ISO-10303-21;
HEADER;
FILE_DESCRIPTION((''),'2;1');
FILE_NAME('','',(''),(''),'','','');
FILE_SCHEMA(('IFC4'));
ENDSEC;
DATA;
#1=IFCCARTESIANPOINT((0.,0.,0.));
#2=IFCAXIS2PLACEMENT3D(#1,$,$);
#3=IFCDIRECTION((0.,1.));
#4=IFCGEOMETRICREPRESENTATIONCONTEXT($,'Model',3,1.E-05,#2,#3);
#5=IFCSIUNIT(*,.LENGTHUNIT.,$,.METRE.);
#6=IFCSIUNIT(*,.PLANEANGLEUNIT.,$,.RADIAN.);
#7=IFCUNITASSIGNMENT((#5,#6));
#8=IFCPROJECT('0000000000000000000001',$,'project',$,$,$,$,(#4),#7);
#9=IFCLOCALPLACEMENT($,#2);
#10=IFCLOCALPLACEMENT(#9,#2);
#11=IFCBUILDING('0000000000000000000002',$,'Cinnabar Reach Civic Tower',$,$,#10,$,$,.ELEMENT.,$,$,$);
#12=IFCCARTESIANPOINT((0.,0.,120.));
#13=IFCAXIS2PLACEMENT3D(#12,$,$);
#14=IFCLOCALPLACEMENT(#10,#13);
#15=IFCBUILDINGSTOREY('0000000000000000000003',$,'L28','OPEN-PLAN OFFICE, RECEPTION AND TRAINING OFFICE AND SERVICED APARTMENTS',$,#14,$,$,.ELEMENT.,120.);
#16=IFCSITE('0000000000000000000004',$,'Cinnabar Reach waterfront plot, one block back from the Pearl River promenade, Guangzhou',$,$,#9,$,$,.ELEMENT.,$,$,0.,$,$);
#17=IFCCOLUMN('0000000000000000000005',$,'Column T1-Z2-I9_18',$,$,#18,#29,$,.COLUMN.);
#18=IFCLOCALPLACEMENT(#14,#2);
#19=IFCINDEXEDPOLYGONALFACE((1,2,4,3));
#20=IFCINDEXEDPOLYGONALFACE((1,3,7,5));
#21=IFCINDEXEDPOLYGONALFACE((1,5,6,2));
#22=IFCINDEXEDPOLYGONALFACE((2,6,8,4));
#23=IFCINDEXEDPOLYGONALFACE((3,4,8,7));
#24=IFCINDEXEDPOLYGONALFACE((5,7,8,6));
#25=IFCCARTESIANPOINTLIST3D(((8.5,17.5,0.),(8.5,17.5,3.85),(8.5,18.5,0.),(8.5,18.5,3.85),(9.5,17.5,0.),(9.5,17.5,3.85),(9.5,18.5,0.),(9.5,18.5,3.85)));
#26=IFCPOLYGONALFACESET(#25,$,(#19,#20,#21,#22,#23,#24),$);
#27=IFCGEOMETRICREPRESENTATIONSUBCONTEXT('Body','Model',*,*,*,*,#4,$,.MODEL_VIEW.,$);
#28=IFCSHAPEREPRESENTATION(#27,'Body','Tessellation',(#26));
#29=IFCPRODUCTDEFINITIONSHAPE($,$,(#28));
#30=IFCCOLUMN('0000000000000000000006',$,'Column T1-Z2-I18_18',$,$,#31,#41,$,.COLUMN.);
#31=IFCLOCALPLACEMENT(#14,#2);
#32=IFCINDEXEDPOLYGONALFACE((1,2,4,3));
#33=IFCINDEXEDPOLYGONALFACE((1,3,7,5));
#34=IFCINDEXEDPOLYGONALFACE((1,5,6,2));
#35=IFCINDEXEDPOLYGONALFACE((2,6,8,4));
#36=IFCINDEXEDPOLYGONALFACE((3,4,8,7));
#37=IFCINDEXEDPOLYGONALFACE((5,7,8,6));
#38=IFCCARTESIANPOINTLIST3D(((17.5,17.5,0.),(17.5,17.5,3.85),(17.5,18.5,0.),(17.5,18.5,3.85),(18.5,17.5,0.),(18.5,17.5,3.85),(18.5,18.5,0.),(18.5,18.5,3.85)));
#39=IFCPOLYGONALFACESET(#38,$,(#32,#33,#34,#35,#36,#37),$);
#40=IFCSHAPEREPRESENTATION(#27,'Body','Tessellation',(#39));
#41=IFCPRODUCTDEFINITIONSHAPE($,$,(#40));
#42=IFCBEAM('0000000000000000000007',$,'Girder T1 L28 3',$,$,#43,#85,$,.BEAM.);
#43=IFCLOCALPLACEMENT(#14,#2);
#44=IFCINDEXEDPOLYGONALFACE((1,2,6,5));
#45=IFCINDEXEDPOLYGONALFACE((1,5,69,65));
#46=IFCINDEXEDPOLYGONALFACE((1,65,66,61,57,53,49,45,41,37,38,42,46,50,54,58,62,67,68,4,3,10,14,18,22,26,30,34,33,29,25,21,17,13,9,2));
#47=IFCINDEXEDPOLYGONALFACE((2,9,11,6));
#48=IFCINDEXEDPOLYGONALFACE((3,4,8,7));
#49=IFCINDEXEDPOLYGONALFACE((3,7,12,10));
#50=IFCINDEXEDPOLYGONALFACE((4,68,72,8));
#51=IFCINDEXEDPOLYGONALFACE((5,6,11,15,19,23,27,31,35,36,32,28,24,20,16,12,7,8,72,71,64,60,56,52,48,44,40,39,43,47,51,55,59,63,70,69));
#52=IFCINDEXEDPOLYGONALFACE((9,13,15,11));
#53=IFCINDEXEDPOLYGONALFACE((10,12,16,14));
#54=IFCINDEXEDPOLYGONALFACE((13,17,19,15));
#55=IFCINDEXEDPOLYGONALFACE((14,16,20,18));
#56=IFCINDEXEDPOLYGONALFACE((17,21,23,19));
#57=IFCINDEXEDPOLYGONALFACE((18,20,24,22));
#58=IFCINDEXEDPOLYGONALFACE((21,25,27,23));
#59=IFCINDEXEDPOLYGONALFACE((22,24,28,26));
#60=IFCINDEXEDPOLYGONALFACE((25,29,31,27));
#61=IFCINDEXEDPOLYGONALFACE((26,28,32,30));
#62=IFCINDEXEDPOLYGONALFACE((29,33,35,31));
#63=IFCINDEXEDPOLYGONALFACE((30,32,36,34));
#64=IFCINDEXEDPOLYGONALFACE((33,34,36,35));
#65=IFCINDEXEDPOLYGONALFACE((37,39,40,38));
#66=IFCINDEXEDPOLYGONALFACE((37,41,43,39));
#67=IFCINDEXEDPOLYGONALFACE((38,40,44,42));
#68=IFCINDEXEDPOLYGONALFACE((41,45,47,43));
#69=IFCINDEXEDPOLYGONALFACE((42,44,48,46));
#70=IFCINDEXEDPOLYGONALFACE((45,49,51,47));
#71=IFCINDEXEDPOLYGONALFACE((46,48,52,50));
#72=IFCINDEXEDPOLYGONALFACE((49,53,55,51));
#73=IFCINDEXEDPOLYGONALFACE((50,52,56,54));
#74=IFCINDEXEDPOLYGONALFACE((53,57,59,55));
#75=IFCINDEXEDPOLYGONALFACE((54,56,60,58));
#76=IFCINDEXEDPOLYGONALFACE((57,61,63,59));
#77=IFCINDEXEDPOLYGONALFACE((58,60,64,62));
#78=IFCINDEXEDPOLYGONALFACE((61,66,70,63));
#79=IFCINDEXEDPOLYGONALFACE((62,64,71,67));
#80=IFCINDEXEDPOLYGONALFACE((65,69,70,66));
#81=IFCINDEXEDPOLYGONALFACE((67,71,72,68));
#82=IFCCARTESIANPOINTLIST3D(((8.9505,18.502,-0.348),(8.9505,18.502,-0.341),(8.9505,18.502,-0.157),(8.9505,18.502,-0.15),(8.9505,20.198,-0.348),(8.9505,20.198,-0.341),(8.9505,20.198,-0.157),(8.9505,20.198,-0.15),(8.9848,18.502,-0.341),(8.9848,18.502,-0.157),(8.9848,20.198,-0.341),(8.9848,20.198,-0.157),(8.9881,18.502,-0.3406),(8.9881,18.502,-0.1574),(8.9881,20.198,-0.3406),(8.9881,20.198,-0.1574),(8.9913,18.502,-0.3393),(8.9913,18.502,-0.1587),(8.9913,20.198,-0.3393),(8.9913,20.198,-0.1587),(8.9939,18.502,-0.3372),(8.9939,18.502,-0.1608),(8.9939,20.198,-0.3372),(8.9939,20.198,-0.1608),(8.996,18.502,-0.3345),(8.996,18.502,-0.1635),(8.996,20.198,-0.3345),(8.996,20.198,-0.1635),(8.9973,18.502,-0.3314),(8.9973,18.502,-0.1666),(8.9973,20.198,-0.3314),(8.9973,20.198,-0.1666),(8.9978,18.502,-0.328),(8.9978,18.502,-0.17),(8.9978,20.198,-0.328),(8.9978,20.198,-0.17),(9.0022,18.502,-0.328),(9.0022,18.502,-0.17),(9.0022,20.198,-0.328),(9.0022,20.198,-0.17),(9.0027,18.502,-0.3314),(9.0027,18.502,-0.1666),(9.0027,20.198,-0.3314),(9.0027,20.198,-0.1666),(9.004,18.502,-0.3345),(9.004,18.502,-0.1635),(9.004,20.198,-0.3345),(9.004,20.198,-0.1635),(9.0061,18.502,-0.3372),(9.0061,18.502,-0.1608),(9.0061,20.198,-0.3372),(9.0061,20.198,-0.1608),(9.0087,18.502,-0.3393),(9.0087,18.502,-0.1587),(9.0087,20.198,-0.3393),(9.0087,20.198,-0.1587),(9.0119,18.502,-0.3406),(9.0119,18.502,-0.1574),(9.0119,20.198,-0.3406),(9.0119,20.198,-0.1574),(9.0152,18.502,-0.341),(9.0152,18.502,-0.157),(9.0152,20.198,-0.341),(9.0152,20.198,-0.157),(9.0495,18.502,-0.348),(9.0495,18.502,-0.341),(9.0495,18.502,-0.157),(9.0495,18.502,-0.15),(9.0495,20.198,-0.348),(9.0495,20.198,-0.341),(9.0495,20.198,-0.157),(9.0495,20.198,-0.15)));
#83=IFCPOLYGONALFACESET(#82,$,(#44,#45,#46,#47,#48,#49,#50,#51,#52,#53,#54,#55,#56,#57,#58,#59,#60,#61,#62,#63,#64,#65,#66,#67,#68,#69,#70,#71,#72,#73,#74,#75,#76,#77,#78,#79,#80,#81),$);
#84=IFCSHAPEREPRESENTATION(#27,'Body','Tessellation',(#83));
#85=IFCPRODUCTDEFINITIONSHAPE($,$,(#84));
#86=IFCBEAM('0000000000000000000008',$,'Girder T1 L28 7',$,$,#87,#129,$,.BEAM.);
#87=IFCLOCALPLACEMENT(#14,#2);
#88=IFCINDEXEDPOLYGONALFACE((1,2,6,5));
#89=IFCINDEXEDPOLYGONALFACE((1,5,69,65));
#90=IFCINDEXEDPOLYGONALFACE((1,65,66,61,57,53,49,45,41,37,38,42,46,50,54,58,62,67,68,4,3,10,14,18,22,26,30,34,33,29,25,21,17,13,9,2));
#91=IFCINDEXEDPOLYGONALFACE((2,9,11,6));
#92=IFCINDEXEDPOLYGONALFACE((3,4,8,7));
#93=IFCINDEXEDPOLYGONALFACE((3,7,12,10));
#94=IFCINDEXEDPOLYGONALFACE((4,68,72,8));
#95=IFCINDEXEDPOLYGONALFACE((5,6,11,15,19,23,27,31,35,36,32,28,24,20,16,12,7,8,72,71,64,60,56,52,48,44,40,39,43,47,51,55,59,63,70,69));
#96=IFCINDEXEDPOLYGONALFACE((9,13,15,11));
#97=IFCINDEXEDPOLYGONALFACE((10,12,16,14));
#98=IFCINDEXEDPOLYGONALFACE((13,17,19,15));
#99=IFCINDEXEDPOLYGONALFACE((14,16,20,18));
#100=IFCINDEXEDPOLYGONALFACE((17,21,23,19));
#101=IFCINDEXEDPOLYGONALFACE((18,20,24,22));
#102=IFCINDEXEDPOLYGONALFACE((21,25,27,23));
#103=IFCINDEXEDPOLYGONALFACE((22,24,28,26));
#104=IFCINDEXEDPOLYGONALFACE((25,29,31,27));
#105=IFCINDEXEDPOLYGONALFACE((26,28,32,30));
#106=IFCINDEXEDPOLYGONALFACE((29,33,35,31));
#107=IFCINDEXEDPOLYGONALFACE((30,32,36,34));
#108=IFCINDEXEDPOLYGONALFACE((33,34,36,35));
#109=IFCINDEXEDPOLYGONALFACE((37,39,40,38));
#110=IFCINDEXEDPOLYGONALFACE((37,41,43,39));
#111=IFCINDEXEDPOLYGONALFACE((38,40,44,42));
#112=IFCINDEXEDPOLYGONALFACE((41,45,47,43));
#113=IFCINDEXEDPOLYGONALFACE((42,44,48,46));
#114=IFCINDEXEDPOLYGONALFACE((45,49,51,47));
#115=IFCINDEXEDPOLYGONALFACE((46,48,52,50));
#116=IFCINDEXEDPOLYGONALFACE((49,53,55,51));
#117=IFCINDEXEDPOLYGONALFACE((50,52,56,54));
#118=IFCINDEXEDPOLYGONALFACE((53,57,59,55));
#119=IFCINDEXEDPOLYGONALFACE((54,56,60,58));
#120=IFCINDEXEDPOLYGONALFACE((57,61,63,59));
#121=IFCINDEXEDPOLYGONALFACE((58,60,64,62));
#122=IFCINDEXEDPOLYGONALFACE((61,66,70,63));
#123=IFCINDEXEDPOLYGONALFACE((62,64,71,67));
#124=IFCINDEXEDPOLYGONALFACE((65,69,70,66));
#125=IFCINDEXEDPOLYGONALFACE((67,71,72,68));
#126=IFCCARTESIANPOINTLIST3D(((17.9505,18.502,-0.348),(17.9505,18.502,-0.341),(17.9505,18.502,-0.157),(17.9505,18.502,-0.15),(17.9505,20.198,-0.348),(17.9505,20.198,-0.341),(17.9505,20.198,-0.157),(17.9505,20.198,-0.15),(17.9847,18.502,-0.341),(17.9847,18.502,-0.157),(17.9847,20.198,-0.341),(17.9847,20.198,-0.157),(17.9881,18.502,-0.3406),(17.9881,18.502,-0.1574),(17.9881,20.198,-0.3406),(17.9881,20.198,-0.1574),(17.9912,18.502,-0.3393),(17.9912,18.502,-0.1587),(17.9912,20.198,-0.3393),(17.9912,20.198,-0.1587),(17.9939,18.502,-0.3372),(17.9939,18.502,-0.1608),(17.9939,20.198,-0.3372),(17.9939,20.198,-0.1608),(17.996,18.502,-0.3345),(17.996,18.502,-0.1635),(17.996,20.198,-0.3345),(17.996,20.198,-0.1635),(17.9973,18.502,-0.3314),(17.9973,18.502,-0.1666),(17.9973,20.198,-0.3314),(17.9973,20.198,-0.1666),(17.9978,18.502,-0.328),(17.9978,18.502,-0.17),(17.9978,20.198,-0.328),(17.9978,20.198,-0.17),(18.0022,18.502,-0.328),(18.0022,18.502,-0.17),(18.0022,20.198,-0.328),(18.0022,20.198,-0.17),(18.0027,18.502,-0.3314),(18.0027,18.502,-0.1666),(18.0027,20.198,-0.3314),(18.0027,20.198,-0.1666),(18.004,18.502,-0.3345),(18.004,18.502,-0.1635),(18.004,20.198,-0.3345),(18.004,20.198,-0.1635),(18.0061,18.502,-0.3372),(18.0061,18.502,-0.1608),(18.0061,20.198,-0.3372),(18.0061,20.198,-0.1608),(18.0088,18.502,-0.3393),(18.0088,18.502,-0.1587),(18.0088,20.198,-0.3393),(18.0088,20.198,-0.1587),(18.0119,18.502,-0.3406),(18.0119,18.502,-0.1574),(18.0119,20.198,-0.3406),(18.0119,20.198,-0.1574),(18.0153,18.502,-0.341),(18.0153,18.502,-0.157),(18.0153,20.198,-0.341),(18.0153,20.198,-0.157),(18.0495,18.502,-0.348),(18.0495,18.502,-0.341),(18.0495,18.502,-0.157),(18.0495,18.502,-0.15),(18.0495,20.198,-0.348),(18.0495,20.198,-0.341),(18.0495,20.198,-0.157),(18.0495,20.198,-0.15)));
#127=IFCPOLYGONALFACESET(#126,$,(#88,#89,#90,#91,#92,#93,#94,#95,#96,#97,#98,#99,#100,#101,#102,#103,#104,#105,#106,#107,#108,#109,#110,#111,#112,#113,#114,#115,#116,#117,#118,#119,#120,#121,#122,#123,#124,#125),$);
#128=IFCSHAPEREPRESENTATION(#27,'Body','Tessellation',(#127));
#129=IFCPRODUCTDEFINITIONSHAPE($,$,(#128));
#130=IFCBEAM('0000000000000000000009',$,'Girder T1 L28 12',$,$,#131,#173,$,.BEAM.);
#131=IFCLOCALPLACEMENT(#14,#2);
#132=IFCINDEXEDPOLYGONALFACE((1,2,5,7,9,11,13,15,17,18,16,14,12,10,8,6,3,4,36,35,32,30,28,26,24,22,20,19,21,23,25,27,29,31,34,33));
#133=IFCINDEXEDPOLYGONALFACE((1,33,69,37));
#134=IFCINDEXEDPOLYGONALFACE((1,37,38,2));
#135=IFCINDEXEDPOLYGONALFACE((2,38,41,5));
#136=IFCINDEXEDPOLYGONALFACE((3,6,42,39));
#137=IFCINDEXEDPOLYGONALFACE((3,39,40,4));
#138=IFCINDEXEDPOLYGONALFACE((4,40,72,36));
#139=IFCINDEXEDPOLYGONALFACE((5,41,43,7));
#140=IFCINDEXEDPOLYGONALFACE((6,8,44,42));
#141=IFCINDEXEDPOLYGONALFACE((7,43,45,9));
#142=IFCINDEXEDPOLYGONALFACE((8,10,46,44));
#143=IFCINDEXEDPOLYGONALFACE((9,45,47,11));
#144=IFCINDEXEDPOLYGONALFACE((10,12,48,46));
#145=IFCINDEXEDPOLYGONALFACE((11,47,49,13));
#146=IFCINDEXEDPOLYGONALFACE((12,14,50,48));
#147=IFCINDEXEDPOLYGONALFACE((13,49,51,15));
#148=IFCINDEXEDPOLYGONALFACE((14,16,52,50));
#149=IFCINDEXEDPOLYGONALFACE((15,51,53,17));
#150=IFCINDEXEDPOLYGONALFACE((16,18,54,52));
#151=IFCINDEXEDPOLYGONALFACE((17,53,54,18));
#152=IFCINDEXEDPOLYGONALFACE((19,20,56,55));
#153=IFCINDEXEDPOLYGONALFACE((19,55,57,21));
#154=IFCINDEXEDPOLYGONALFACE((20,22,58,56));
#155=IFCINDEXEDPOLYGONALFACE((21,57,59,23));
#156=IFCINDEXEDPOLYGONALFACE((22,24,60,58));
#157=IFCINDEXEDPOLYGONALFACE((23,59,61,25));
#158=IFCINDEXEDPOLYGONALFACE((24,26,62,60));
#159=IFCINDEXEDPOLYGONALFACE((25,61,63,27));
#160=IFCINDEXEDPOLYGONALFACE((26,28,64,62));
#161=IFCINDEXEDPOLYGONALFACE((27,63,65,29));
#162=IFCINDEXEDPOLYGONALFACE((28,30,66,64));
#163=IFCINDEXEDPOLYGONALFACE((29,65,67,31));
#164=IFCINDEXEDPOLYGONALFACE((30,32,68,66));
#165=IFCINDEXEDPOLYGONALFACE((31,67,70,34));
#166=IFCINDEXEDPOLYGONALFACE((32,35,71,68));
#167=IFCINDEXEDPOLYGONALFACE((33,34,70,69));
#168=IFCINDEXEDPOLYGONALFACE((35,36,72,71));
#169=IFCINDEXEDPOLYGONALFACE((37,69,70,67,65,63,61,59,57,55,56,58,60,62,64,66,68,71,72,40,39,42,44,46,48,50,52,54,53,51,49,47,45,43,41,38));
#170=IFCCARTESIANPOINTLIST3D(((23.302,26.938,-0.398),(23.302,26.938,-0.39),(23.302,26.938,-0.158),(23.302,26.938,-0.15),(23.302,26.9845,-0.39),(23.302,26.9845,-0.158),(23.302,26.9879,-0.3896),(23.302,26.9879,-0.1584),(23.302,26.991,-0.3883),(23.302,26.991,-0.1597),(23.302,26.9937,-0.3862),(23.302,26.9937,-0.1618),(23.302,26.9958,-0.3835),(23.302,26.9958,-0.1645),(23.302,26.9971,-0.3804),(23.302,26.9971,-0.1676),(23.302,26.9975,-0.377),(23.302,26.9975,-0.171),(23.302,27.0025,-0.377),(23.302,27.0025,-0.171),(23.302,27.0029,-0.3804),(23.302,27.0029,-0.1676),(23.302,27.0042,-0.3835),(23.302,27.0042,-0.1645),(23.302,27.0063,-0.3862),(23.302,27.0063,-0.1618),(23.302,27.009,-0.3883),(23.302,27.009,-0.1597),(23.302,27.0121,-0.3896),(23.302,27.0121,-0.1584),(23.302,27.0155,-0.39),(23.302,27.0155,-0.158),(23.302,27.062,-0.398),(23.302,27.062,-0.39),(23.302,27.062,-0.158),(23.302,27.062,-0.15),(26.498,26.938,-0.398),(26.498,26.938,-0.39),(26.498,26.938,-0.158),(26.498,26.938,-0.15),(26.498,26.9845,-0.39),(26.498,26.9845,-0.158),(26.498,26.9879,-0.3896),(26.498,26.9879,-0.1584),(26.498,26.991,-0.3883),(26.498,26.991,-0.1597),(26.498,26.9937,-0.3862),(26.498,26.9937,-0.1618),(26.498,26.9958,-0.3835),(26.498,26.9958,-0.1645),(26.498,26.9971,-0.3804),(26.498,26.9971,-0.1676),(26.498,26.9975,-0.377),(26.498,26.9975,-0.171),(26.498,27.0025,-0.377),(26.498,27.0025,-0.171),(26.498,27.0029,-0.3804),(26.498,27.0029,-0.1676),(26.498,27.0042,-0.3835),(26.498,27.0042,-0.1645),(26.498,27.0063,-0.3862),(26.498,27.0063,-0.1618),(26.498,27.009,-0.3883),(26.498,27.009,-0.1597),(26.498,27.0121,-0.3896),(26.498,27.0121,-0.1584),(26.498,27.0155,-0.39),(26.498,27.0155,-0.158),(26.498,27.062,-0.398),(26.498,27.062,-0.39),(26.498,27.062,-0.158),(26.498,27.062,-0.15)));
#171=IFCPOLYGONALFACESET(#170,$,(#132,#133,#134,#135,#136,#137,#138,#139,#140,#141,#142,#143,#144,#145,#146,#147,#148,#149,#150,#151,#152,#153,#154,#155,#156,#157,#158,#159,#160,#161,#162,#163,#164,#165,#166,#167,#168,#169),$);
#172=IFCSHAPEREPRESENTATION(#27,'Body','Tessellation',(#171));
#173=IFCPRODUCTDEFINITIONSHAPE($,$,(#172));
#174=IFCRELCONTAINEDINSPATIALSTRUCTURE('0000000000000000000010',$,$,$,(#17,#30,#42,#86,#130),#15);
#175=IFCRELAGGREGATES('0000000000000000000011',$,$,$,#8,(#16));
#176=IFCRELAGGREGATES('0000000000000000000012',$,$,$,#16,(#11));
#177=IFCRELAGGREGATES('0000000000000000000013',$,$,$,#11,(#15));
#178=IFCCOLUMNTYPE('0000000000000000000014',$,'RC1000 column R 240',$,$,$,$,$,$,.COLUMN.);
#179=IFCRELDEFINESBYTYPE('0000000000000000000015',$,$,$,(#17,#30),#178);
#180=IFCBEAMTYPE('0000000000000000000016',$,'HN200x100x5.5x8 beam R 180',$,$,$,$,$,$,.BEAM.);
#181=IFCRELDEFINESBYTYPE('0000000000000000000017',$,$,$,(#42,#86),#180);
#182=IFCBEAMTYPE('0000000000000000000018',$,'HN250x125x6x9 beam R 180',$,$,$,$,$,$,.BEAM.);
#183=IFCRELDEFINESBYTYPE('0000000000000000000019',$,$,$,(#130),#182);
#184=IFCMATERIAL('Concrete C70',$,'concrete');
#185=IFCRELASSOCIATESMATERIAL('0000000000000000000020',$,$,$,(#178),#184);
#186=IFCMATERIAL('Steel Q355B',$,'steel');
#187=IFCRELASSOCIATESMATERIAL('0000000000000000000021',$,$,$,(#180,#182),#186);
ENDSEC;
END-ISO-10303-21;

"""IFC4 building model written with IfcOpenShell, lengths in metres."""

from ifc_helpers import new_model, si_unit, direction, frame, origin, origin_2d, place, context, subcontext, project, spatial, rectangle, i_section, extrude, material, material_profile, profile_set, type_object, element, save


model = new_model("IFC4")

# Units and contexts
model_context = context("Model", 3, precision=1e-05, world=origin(), true_north=direction((0.0, 1.0)))
body_context = subcontext(model_context, "Body", "Model", "MODEL_VIEW")
ifc_project = project(units=[si_unit("LENGTHUNIT", "METRE"), si_unit("PLANEANGLEUNIT", "RADIAN")], contexts=[model_context])

# Site, building, storey
site_placement = place(None, origin())
site = spatial("IfcSite", under=ifc_project, at=site_placement, Name="Cinnabar Reach waterfront plot, one block back from the Pearl River promenade, Guangzhou", CompositionType="ELEMENT", RefElevation=0.0)
building_placement = place(site_placement, origin())
building = spatial("IfcBuilding", under=site, at=building_placement, Name="Cinnabar Reach Civic Tower", CompositionType="ELEMENT")
storey_placement = place(building_placement, frame((0.0, 0.0, 120.0)))
storey = spatial("IfcBuildingStorey", under=building, at=storey_placement, Name="L28", Description="OPEN-PLAN OFFICE, RECEPTION AND TRAINING OFFICE AND SERVICED APARTMENTS", CompositionType="ELEMENT", Elevation=120.0)

# Columns
ifc_material_1 = material(Name="Concrete C70", Category="concrete")
ifc_material_profile_1 = material_profile(ifc_material_1, rectangle(XDim=1.0, YDim=1.0, at=origin_2d()), Name="RC1000")
ifc_profile_set_1 = profile_set([ifc_material_profile_1], Name="Concrete C70")
column_type = type_object("IfcColumnType", Name="RC1000 column R 240", PredefinedType="COLUMN", material=ifc_profile_set_1)
for number, where, z_axis, x_axis, name in (
    (1, (9.0, 18.0, 0.0), (0.0, 0.0, 1.0), (1.0, 0.0, 0.0), "Column T1-Z2-I9_18"),
    (2, (18.0, 18.0, 0.0), (0.0, 0.0, 1.0), (1.0, 0.0, 0.0), "Column T1-Z2-I18_18"),
):
    element("IfcColumn", number, at=place(storey_placement, frame(where, z_axis=z_axis, x_axis=x_axis)), inside=storey, type_object=column_type, Name=name, PredefinedType="COLUMN", context=body_context, shape_type="SweptSolid", body=[
        extrude(rectangle(XDim=1.0, YDim=1.0, at=origin_2d()), origin(), (0.0, 0.0, 1.0), 3.85),
    ])

# Beams
ifc_material_2 = material(Name="Steel Q355B", Category="steel")
ifc_material_profile_2 = material_profile(ifc_material_2, i_section(OverallWidth=0.099, OverallDepth=0.198, WebThickness=0.0045, FlangeThickness=0.007, FilletRadius=0.013, at=origin_2d()), Name="HN200x100x5.5x8")
ifc_profile_set_2 = profile_set([ifc_material_profile_2], Name="Steel Q355B")
beam_type_1 = type_object("IfcBeamType", Name="HN200x100x5.5x8 beam R 180", PredefinedType="BEAM", material=ifc_profile_set_2)
for number, where, z_axis, x_axis, name in (
    (3, (9.0, 18.502, -0.249), (0.0, 1.0, 0.0), (-1.0, 0.0, 0.0), "Girder T1 L28 3"),
    (4, (18.0, 18.502, -0.249), (0.0, 1.0, 0.0), (-1.0, 0.0, 0.0), "Girder T1 L28 7"),
):
    element("IfcBeam", number, at=place(storey_placement, frame(where, z_axis=z_axis, x_axis=x_axis)), inside=storey, type_object=beam_type_1, Name=name, PredefinedType="BEAM", context=body_context, shape_type="SweptSolid", body=[
        extrude(i_section(OverallWidth=0.099, OverallDepth=0.198, WebThickness=0.0045, FlangeThickness=0.007, FilletRadius=0.013, at=origin_2d()), origin(), (0.0, 0.0, 1.0), 1.696),
    ])
ifc_material_profile_3 = material_profile(ifc_material_2, i_section(OverallWidth=0.124, OverallDepth=0.248, WebThickness=0.005, FlangeThickness=0.008, FilletRadius=0.013, at=origin_2d()), Name="HN250x125x6x9")
ifc_profile_set_3 = profile_set([ifc_material_profile_3], Name="Steel Q355B")
beam_type_2 = type_object("IfcBeamType", Name="HN250x125x6x9 beam R 180", PredefinedType="BEAM", material=ifc_profile_set_3)
beam_1_placement = place(storey_placement, frame((23.302, 27.0, -0.274), z_axis=(1.0, 0.0, 0.0), x_axis=(0.0, 1.0, 0.0)))
element("IfcBeam", 5, at=beam_1_placement, inside=storey, type_object=beam_type_2, Name="Girder T1 L28 12", PredefinedType="BEAM", context=body_context, shape_type="SweptSolid", body=[
    extrude(i_section(OverallWidth=0.124, OverallDepth=0.248, WebThickness=0.005, FlangeThickness=0.008, FilletRadius=0.013, at=origin_2d()), origin(), (0.0, 0.0, 1.0), 3.196),
])

save(model, "model.ifc")
